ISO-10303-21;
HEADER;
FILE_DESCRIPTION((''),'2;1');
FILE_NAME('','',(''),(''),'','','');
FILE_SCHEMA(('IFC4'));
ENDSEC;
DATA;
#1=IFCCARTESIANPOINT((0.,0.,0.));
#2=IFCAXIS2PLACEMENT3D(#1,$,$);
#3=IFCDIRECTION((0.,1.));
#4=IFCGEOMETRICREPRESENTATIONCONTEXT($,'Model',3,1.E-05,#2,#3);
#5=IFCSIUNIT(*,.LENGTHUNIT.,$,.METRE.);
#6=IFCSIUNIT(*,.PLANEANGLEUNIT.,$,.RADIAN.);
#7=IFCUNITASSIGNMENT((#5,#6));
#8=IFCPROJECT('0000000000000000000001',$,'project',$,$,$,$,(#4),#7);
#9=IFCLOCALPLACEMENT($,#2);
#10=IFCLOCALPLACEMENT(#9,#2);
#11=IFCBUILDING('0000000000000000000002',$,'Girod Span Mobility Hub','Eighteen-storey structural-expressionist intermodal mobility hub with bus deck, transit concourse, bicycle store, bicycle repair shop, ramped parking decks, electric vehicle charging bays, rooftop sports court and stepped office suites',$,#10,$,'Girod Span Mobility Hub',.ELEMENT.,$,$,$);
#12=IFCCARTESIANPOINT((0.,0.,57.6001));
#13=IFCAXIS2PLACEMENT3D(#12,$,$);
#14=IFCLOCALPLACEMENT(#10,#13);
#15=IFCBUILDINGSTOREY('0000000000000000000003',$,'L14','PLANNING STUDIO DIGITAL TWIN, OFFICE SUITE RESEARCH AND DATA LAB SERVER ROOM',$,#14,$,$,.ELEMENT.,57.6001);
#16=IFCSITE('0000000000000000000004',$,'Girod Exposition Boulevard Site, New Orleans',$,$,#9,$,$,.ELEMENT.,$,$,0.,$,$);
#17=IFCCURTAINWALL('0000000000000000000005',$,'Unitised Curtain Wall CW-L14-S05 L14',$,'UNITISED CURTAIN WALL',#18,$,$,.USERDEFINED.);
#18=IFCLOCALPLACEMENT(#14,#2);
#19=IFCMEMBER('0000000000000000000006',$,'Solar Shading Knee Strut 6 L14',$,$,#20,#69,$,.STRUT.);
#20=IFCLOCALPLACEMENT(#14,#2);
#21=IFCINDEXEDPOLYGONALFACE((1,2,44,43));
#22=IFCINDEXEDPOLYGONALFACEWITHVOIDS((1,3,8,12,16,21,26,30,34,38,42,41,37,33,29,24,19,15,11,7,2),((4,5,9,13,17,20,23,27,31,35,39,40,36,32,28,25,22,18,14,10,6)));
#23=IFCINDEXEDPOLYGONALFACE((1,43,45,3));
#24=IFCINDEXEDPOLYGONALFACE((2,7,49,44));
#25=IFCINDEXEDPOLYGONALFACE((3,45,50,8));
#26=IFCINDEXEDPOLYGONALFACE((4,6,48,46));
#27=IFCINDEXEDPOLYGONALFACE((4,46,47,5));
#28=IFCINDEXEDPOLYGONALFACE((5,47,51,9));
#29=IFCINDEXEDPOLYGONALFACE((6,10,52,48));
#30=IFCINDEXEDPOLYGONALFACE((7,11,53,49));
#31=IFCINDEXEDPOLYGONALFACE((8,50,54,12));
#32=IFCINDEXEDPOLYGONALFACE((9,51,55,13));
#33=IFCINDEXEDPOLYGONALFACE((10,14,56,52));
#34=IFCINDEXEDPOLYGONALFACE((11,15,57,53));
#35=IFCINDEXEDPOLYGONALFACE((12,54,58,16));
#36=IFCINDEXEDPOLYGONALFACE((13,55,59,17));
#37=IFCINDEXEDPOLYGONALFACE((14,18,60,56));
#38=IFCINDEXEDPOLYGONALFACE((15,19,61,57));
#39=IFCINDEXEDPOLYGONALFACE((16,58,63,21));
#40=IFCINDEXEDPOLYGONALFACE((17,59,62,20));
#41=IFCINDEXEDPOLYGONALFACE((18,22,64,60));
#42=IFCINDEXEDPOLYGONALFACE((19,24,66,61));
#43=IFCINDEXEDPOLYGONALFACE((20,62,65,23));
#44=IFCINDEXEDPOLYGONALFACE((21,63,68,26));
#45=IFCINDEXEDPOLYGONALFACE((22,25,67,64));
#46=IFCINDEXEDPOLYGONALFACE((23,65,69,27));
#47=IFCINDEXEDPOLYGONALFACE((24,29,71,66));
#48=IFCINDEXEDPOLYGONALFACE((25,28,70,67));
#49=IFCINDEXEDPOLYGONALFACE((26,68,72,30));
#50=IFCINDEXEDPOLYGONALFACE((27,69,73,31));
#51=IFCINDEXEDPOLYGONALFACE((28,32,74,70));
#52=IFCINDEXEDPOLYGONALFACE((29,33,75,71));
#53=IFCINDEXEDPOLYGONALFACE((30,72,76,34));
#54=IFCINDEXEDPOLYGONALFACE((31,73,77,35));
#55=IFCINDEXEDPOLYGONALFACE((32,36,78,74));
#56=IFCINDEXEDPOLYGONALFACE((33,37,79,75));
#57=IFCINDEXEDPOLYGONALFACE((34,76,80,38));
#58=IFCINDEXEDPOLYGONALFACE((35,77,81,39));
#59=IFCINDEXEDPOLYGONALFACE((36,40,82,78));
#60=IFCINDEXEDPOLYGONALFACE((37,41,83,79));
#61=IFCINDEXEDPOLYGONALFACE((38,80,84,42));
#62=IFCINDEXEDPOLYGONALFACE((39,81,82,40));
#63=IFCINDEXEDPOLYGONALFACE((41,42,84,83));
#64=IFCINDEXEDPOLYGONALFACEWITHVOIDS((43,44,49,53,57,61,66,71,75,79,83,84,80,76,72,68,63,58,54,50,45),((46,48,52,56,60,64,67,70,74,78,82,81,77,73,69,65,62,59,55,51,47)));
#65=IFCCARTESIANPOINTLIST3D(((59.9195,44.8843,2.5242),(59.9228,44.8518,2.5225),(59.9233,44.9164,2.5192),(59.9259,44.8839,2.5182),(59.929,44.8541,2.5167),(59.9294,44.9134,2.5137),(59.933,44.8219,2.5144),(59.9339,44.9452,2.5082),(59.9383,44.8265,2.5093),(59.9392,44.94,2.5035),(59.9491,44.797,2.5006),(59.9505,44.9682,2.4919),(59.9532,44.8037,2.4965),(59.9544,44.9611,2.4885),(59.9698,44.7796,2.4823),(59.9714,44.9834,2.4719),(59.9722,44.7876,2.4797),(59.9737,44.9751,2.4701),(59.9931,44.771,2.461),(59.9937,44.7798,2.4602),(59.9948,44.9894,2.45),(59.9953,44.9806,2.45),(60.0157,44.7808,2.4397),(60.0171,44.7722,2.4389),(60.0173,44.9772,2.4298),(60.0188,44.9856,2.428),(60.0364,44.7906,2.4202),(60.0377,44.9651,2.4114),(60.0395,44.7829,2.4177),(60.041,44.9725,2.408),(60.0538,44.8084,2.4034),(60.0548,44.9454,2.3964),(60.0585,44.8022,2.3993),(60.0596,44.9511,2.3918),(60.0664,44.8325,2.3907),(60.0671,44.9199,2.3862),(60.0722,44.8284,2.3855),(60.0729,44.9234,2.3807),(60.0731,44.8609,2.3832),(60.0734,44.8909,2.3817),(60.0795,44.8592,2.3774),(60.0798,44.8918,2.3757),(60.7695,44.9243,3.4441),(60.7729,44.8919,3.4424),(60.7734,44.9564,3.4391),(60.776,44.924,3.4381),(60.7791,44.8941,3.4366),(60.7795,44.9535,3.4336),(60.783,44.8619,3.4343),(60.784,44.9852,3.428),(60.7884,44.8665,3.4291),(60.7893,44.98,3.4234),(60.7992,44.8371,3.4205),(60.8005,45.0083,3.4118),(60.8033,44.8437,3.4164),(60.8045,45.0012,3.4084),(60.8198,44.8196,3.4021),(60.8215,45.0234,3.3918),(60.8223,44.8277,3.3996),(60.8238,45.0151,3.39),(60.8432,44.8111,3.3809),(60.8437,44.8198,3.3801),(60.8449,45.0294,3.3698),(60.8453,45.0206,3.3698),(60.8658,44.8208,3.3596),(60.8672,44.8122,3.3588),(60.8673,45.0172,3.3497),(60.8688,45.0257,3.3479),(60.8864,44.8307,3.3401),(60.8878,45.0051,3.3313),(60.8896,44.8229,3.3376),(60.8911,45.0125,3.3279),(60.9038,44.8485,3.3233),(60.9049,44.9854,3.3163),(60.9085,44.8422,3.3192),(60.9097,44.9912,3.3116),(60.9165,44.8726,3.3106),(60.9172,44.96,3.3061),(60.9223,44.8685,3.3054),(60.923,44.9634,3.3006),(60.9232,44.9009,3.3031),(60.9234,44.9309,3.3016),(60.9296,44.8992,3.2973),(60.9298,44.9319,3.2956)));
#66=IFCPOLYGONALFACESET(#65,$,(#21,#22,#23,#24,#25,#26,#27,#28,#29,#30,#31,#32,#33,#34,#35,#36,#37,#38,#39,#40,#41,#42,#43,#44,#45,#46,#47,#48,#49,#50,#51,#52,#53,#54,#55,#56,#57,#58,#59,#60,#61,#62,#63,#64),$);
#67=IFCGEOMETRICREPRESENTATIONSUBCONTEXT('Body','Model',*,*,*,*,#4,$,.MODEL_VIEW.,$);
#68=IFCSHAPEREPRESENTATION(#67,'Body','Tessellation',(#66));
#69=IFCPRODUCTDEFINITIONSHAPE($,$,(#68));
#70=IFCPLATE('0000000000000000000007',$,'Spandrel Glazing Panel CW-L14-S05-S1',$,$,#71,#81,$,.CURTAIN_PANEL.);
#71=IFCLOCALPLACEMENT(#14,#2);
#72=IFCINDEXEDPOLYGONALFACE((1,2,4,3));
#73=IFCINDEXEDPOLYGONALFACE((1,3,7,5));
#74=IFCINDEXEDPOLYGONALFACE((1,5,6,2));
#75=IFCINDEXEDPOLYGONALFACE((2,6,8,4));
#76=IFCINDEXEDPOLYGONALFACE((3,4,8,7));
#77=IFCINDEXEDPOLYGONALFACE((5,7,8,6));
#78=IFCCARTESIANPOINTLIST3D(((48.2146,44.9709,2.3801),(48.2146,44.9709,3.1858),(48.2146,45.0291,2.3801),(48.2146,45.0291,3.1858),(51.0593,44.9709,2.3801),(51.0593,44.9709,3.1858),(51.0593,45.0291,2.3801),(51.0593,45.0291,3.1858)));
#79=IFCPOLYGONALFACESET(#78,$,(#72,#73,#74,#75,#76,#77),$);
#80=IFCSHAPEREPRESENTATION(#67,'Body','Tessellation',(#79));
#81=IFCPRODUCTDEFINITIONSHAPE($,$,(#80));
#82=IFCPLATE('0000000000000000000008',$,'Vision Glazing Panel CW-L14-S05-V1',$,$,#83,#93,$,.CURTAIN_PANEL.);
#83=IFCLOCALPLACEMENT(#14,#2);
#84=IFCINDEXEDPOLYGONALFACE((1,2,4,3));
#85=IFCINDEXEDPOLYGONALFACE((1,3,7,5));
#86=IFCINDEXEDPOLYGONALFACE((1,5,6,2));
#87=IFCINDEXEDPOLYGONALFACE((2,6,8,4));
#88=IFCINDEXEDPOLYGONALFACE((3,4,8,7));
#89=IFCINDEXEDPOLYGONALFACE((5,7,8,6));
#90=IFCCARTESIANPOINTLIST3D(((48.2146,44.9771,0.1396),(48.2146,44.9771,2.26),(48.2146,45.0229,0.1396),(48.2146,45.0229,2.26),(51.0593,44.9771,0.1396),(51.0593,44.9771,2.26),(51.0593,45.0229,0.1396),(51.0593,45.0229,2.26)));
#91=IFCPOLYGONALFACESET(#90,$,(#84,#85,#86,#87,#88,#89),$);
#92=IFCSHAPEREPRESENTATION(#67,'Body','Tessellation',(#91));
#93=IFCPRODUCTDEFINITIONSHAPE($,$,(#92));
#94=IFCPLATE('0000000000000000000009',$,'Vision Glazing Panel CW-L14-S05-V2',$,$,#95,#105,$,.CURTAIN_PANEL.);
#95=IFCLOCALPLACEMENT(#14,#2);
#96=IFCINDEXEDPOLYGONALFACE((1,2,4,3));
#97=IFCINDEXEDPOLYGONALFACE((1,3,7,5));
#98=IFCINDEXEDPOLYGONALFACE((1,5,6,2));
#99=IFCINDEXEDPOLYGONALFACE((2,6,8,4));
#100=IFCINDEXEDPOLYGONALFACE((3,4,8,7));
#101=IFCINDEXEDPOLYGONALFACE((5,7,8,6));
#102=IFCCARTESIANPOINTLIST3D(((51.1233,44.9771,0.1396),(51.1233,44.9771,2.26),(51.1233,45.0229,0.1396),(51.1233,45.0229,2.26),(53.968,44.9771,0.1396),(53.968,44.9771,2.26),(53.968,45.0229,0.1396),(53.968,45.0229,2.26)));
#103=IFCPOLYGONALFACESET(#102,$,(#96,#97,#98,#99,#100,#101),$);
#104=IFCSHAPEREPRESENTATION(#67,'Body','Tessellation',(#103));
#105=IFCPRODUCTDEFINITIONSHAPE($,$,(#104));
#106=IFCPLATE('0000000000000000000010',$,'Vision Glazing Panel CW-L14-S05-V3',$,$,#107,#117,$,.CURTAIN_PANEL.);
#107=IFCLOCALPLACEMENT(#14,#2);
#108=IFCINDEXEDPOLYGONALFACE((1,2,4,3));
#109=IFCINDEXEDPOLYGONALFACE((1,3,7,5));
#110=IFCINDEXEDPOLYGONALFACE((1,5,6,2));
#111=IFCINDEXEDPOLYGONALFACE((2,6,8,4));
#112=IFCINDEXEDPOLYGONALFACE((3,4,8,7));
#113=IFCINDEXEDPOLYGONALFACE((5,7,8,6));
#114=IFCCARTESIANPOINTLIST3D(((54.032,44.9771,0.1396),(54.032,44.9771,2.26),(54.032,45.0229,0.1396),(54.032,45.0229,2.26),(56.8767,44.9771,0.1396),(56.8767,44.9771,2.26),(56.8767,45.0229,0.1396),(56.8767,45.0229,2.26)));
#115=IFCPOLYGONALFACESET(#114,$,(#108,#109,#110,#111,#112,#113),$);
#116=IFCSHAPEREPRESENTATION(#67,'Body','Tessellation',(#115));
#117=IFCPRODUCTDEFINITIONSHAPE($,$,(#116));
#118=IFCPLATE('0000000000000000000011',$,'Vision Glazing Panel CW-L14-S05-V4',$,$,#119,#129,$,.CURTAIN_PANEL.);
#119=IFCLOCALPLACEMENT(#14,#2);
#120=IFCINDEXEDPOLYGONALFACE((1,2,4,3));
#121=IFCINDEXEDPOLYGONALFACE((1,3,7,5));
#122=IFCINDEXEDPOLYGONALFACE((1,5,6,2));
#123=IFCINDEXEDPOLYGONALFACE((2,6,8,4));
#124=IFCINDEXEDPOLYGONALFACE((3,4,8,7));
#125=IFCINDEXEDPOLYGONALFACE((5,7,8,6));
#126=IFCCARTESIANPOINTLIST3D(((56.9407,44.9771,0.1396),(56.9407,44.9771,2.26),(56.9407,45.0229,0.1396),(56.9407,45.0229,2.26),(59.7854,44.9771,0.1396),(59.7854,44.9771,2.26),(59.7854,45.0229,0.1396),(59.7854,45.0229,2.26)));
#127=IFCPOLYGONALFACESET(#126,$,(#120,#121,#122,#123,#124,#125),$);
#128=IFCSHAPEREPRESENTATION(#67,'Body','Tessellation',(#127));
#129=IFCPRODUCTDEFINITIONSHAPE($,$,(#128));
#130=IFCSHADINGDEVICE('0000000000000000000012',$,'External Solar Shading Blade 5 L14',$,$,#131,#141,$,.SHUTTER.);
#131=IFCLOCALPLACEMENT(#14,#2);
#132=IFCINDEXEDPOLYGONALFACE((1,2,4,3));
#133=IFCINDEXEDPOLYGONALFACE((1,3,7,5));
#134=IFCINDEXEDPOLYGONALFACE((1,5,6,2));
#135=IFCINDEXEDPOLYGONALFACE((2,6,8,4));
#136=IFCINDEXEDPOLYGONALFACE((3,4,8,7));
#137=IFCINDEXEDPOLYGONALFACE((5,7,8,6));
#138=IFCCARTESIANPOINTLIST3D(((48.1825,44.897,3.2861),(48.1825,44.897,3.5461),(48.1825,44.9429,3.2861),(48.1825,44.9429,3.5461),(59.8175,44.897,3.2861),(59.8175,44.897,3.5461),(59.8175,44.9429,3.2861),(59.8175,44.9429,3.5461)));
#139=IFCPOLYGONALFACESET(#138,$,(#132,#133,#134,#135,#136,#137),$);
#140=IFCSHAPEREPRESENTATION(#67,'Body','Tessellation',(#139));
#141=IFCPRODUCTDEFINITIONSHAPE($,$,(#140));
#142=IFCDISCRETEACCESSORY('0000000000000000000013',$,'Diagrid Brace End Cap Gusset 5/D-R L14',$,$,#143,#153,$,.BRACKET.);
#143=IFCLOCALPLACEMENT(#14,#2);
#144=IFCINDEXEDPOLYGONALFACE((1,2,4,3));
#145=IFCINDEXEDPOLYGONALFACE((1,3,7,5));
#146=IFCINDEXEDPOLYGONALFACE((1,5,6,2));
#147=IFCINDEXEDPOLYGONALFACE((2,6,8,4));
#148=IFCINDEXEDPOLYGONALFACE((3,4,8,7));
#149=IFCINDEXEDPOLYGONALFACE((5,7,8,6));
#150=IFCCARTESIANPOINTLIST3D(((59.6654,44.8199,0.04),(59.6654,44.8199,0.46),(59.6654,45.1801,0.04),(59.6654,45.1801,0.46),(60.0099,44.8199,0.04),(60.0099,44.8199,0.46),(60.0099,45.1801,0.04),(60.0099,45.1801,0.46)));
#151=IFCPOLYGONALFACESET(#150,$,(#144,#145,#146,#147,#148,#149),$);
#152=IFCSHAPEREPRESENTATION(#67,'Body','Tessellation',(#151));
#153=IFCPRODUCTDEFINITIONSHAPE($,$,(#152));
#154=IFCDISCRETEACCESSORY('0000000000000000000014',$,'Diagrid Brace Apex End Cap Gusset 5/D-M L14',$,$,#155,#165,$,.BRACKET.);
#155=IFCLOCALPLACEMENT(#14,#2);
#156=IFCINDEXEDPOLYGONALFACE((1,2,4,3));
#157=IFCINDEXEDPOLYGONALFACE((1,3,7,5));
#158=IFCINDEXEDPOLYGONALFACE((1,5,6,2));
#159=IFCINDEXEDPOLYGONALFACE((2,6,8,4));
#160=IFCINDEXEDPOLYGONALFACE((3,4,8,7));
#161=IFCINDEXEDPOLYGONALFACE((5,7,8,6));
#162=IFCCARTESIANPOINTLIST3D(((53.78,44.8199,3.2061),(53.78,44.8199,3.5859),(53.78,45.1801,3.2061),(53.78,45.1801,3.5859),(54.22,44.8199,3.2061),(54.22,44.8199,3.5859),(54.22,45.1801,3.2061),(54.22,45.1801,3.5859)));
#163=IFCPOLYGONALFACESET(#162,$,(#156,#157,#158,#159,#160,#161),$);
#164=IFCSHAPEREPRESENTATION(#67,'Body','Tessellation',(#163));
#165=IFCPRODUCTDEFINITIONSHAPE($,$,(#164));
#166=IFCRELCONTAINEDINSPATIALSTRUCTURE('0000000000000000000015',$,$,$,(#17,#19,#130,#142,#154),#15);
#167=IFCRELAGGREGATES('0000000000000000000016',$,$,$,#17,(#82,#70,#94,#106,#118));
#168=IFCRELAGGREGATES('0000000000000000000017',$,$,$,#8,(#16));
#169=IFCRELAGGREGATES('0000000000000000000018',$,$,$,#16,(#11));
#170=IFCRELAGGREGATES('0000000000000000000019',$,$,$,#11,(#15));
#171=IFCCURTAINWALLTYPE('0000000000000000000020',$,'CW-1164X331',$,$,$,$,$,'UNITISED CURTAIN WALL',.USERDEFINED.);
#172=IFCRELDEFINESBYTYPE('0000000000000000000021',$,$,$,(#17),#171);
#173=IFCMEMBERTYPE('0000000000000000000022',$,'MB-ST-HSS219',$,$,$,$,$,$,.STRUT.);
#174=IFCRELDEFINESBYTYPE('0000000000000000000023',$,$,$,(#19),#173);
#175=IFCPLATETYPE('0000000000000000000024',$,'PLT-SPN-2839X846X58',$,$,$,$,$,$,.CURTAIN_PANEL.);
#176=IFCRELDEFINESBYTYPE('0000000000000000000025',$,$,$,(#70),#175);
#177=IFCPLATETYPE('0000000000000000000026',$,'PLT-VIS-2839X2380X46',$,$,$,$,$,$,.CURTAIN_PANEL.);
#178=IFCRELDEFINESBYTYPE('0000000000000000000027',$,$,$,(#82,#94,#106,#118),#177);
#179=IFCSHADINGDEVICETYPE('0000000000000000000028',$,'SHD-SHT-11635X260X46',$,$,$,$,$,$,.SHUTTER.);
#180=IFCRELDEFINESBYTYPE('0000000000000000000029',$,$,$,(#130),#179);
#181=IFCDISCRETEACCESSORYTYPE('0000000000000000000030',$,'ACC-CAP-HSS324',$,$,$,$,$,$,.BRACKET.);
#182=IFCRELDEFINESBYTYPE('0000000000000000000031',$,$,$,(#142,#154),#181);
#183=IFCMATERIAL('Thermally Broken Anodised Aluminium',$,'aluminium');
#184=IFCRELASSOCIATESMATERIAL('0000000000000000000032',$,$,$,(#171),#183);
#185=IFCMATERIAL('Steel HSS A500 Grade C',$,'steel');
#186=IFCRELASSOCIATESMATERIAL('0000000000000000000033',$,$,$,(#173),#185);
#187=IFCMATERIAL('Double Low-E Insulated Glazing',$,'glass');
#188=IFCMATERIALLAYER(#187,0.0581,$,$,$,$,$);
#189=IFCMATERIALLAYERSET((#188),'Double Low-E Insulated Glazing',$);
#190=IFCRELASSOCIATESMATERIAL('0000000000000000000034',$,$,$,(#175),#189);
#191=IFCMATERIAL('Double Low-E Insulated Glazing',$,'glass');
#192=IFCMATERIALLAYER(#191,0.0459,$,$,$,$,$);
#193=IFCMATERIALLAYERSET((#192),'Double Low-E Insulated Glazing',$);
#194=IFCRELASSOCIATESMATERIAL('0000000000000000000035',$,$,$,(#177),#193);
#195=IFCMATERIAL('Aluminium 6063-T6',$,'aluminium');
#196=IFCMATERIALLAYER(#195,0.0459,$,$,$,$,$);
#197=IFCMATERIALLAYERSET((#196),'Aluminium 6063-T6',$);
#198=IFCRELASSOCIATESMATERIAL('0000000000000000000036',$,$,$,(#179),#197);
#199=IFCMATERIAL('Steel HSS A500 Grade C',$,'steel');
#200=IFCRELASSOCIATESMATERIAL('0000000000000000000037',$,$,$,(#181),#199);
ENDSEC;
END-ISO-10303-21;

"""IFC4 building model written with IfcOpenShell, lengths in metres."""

from ifc_helpers import new_model, si_unit, direction, frame, origin, origin_2d, place, context, subcontext, project, spatial, rectangle, hollow_circle, extrude, material, layer, layer_set, material_profile, profile_set, type_object, element, aggregate, save


model = new_model("IFC4")

# Units and contexts
model_context = context("Model", 3, precision=1e-05, world=origin(), true_north=direction((0.0, 1.0)))
body_context = subcontext(model_context, "Body", "Model", "MODEL_VIEW")
ifc_project = project(units=[si_unit("LENGTHUNIT", "METRE"), si_unit("PLANEANGLEUNIT", "RADIAN")], contexts=[model_context])

# Site, building, storey
site_placement = place(None, origin())
site = spatial("IfcSite", under=ifc_project, at=site_placement, Name="Girod Exposition Boulevard Site, New Orleans", CompositionType="ELEMENT", RefElevation=0.0)
building_placement = place(site_placement, origin())
building = spatial("IfcBuilding", under=site, at=building_placement, Name="Girod Span Mobility Hub", Description="Eighteen-storey structural-expressionist intermodal mobility hub with bus deck, transit concourse, bicycle store, bicycle repair shop, ramped parking decks, electric vehicle charging bays, rooftop sports court and stepped office suites", LongName="Girod Span Mobility Hub", CompositionType="ELEMENT")
storey_placement = place(building_placement, frame((0.0, 0.0, 57.6001)))
storey = spatial("IfcBuildingStorey", under=building, at=storey_placement, Name="L14", Description="PLANNING STUDIO DIGITAL TWIN, OFFICE SUITE RESEARCH AND DATA LAB SERVER ROOM", CompositionType="ELEMENT", Elevation=57.6001)

# Curtain wall
ifc_material_1 = material(Name="Thermally Broken Anodised Aluminium", Category="aluminium")
curtain_wall_type = type_object("IfcCurtainWallType", Name="CW-1164X331", ElementType="UNITISED CURTAIN WALL", PredefinedType="USERDEFINED", material=ifc_material_1)
curtain_wall_1_placement = place(storey_placement, origin())
curtain_wall_1 = element("IfcCurtainWall", 1, at=curtain_wall_1_placement, inside=storey, type_object=curtain_wall_type, Name="Unitised Curtain Wall CW-L14-S05 L14", ObjectType="UNITISED CURTAIN WALL", PredefinedType="USERDEFINED")

# Member
ifc_material_2 = material(Name="Steel HSS A500 Grade C", Category="steel")
ifc_material_profile_1 = material_profile(ifc_material_2, hollow_circle(Radius=0.1096, WallThickness=0.0088, at=origin_2d()), Name="HSS219X9.5")
ifc_profile_set_1 = profile_set([ifc_material_profile_1], Name="Steel HSS A500 Grade C")
member_type_1 = type_object("IfcMemberType", Name="MB-ST-HSS219", PredefinedType="STRUT", material=ifc_profile_set_1)
member_1_placement = place(storey_placement, frame((60.0, 44.8799, 2.45), z_axis=(0.678338, 0.031949, 0.734055), x_axis=(-0.047047, 0.998893, 0.0)))
element("IfcMember", 2, at=member_1_placement, inside=storey, type_object=member_type_1, Name="Solar Shading Knee Strut 6 L14", PredefinedType="STRUT", context=body_context, shape_type="SweptSolid", body=[
    extrude(hollow_circle(Radius=0.1096, WallThickness=0.0088, at=origin_2d()), origin(), (0.0, 0.0, 1.0), 1.2532),
])

# Plates
ifc_material_3 = material(Name="Double Low-E Insulated Glazing", Category="glass")
ifc_layer_1 = layer(ifc_material_3, 0.0581)
ifc_layer_set_1 = layer_set([ifc_layer_1], Name="Double Low-E Insulated Glazing")
plate_type_1 = type_object("IfcPlateType", Name="PLT-SPN-2839X846X58", PredefinedType="CURTAIN_PANEL", material=ifc_layer_set_1)
plate_1_placement = place(storey_placement, frame((49.637, 45.0, 2.3801), z_axis=(0.0, 0.0, 1.0), x_axis=(1.0, 0.0, 0.0)))
plate_1 = element("IfcPlate", 3, at=plate_1_placement, type_object=plate_type_1, Name="Spandrel Glazing Panel CW-L14-S05-S1", PredefinedType="CURTAIN_PANEL", context=body_context, shape_type="SweptSolid", body=[
    extrude(rectangle(XDim=2.8447, YDim=0.0581, at=origin_2d()), origin(), (0.0, 0.0, 1.0), 0.8057),
])
ifc_material_4 = material(Name="Double Low-E Insulated Glazing", Category="glass")
ifc_layer_2 = layer(ifc_material_4, 0.0459)
ifc_layer_set_2 = layer_set([ifc_layer_2], Name="Double Low-E Insulated Glazing")
plate_type_2 = type_object("IfcPlateType", Name="PLT-VIS-2839X2380X46", PredefinedType="CURTAIN_PANEL", material=ifc_layer_set_2)
plate_2_placement = place(storey_placement, frame((49.637, 45.0, 0.1396), z_axis=(0.0, 0.0, 1.0), x_axis=(1.0, 0.0, 0.0)))
plate_2 = element("IfcPlate", 4, at=plate_2_placement, type_object=plate_type_2, Name="Vision Glazing Panel CW-L14-S05-V1", PredefinedType="CURTAIN_PANEL", context=body_context, shape_type="SweptSolid", body=[
    extrude(rectangle(XDim=2.8447, YDim=0.0459, at=origin_2d()), origin(), (0.0, 0.0, 1.0), 2.1204),
])
plate_3_placement = place(storey_placement, frame((52.5457, 45.0, 0.1396), z_axis=(0.0, 0.0, 1.0), x_axis=(1.0, 0.0, 0.0)))
plate_3 = element("IfcPlate", 5, at=plate_3_placement, type_object=plate_type_2, Name="Vision Glazing Panel CW-L14-S05-V2", PredefinedType="CURTAIN_PANEL", context=body_context, shape_type="SweptSolid", body=[
    extrude(rectangle(XDim=2.8447, YDim=0.0459, at=origin_2d()), origin(), (0.0, 0.0, 1.0), 2.1204),
])
plate_4_placement = place(storey_placement, frame((55.4543, 45.0, 0.1396), z_axis=(0.0, 0.0, 1.0), x_axis=(1.0, 0.0, 0.0)))
plate_4 = element("IfcPlate", 6, at=plate_4_placement, type_object=plate_type_2, Name="Vision Glazing Panel CW-L14-S05-V3", PredefinedType="CURTAIN_PANEL", context=body_context, shape_type="SweptSolid", body=[
    extrude(rectangle(XDim=2.8447, YDim=0.0459, at=origin_2d()), origin(), (0.0, 0.0, 1.0), 2.1204),
])
plate_5_placement = place(storey_placement, frame((58.363, 45.0, 0.1396), z_axis=(0.0, 0.0, 1.0), x_axis=(1.0, 0.0, 0.0)))
plate_5 = element("IfcPlate", 7, at=plate_5_placement, type_object=plate_type_2, Name="Vision Glazing Panel CW-L14-S05-V4", PredefinedType="CURTAIN_PANEL", context=body_context, shape_type="SweptSolid", body=[
    extrude(rectangle(XDim=2.8447, YDim=0.0459, at=origin_2d()), origin(), (0.0, 0.0, 1.0), 2.1204),
])
aggregate(curtain_wall_1, [plate_2, plate_1, plate_3, plate_4, plate_5])

# Shading device
ifc_material_5 = material(Name="Aluminium 6063-T6", Category="aluminium")
ifc_layer_3 = layer(ifc_material_5, 0.0459)
ifc_layer_set_3 = layer_set([ifc_layer_3], Name="Aluminium 6063-T6")
shading_device_type = type_object("IfcShadingDeviceType", Name="SHD-SHT-11635X260X46", PredefinedType="SHUTTER", material=ifc_layer_set_3)
shading_device_placement = place(storey_placement, frame((54.0, 44.9199, 3.2861), z_axis=(0.0, 0.0, 1.0), x_axis=(1.0, 0.0, 0.0)))
element("IfcShadingDevice", 8, at=shading_device_placement, inside=storey, type_object=shading_device_type, Name="External Solar Shading Blade 5 L14", PredefinedType="SHUTTER", context=body_context, shape_type="SweptSolid", body=[
    extrude(rectangle(XDim=11.635, YDim=0.0459, at=origin_2d()), origin(), (0.0, 0.0, 1.0), 0.26),
])

# Discrete accessories
ifc_material_6 = material(Name="Steel HSS A500 Grade C", Category="steel")
discrete_accessory_type = type_object("IfcDiscreteAccessoryType", Name="ACC-CAP-HSS324", PredefinedType="BRACKET", material=ifc_material_6)
discrete_accessory_1_placement = place(storey_placement, frame((59.8376, 45.0, 0.04), z_axis=(0.0, 0.0, 1.0), x_axis=(1.0, 0.0, 0.0)))
element("IfcDiscreteAccessory", 9, at=discrete_accessory_1_placement, inside=storey, type_object=discrete_accessory_type, Name="Diagrid Brace End Cap Gusset 5/D-R L14", PredefinedType="BRACKET", context=body_context, shape_type="SweptSolid", body=[
    extrude(rectangle(XDim=0.3445, YDim=0.3601, at=origin_2d()), origin(), (0.0, 0.0, 1.0), 0.4199),
])
discrete_accessory_2_placement = place(storey_placement, frame((54.0, 45.0, 3.2061), z_axis=(0.0, 0.0, 1.0), x_axis=(1.0, 0.0, 0.0)))
element("IfcDiscreteAccessory", 10, at=discrete_accessory_2_placement, inside=storey, type_object=discrete_accessory_type, Name="Diagrid Brace Apex End Cap Gusset 5/D-M L14", PredefinedType="BRACKET", context=body_context, shape_type="SweptSolid", body=[
    extrude(rectangle(XDim=0.4399, YDim=0.3601, at=origin_2d()), origin(), (0.0, 0.0, 1.0), 0.3799),
])

save(model, "model.ifc")
